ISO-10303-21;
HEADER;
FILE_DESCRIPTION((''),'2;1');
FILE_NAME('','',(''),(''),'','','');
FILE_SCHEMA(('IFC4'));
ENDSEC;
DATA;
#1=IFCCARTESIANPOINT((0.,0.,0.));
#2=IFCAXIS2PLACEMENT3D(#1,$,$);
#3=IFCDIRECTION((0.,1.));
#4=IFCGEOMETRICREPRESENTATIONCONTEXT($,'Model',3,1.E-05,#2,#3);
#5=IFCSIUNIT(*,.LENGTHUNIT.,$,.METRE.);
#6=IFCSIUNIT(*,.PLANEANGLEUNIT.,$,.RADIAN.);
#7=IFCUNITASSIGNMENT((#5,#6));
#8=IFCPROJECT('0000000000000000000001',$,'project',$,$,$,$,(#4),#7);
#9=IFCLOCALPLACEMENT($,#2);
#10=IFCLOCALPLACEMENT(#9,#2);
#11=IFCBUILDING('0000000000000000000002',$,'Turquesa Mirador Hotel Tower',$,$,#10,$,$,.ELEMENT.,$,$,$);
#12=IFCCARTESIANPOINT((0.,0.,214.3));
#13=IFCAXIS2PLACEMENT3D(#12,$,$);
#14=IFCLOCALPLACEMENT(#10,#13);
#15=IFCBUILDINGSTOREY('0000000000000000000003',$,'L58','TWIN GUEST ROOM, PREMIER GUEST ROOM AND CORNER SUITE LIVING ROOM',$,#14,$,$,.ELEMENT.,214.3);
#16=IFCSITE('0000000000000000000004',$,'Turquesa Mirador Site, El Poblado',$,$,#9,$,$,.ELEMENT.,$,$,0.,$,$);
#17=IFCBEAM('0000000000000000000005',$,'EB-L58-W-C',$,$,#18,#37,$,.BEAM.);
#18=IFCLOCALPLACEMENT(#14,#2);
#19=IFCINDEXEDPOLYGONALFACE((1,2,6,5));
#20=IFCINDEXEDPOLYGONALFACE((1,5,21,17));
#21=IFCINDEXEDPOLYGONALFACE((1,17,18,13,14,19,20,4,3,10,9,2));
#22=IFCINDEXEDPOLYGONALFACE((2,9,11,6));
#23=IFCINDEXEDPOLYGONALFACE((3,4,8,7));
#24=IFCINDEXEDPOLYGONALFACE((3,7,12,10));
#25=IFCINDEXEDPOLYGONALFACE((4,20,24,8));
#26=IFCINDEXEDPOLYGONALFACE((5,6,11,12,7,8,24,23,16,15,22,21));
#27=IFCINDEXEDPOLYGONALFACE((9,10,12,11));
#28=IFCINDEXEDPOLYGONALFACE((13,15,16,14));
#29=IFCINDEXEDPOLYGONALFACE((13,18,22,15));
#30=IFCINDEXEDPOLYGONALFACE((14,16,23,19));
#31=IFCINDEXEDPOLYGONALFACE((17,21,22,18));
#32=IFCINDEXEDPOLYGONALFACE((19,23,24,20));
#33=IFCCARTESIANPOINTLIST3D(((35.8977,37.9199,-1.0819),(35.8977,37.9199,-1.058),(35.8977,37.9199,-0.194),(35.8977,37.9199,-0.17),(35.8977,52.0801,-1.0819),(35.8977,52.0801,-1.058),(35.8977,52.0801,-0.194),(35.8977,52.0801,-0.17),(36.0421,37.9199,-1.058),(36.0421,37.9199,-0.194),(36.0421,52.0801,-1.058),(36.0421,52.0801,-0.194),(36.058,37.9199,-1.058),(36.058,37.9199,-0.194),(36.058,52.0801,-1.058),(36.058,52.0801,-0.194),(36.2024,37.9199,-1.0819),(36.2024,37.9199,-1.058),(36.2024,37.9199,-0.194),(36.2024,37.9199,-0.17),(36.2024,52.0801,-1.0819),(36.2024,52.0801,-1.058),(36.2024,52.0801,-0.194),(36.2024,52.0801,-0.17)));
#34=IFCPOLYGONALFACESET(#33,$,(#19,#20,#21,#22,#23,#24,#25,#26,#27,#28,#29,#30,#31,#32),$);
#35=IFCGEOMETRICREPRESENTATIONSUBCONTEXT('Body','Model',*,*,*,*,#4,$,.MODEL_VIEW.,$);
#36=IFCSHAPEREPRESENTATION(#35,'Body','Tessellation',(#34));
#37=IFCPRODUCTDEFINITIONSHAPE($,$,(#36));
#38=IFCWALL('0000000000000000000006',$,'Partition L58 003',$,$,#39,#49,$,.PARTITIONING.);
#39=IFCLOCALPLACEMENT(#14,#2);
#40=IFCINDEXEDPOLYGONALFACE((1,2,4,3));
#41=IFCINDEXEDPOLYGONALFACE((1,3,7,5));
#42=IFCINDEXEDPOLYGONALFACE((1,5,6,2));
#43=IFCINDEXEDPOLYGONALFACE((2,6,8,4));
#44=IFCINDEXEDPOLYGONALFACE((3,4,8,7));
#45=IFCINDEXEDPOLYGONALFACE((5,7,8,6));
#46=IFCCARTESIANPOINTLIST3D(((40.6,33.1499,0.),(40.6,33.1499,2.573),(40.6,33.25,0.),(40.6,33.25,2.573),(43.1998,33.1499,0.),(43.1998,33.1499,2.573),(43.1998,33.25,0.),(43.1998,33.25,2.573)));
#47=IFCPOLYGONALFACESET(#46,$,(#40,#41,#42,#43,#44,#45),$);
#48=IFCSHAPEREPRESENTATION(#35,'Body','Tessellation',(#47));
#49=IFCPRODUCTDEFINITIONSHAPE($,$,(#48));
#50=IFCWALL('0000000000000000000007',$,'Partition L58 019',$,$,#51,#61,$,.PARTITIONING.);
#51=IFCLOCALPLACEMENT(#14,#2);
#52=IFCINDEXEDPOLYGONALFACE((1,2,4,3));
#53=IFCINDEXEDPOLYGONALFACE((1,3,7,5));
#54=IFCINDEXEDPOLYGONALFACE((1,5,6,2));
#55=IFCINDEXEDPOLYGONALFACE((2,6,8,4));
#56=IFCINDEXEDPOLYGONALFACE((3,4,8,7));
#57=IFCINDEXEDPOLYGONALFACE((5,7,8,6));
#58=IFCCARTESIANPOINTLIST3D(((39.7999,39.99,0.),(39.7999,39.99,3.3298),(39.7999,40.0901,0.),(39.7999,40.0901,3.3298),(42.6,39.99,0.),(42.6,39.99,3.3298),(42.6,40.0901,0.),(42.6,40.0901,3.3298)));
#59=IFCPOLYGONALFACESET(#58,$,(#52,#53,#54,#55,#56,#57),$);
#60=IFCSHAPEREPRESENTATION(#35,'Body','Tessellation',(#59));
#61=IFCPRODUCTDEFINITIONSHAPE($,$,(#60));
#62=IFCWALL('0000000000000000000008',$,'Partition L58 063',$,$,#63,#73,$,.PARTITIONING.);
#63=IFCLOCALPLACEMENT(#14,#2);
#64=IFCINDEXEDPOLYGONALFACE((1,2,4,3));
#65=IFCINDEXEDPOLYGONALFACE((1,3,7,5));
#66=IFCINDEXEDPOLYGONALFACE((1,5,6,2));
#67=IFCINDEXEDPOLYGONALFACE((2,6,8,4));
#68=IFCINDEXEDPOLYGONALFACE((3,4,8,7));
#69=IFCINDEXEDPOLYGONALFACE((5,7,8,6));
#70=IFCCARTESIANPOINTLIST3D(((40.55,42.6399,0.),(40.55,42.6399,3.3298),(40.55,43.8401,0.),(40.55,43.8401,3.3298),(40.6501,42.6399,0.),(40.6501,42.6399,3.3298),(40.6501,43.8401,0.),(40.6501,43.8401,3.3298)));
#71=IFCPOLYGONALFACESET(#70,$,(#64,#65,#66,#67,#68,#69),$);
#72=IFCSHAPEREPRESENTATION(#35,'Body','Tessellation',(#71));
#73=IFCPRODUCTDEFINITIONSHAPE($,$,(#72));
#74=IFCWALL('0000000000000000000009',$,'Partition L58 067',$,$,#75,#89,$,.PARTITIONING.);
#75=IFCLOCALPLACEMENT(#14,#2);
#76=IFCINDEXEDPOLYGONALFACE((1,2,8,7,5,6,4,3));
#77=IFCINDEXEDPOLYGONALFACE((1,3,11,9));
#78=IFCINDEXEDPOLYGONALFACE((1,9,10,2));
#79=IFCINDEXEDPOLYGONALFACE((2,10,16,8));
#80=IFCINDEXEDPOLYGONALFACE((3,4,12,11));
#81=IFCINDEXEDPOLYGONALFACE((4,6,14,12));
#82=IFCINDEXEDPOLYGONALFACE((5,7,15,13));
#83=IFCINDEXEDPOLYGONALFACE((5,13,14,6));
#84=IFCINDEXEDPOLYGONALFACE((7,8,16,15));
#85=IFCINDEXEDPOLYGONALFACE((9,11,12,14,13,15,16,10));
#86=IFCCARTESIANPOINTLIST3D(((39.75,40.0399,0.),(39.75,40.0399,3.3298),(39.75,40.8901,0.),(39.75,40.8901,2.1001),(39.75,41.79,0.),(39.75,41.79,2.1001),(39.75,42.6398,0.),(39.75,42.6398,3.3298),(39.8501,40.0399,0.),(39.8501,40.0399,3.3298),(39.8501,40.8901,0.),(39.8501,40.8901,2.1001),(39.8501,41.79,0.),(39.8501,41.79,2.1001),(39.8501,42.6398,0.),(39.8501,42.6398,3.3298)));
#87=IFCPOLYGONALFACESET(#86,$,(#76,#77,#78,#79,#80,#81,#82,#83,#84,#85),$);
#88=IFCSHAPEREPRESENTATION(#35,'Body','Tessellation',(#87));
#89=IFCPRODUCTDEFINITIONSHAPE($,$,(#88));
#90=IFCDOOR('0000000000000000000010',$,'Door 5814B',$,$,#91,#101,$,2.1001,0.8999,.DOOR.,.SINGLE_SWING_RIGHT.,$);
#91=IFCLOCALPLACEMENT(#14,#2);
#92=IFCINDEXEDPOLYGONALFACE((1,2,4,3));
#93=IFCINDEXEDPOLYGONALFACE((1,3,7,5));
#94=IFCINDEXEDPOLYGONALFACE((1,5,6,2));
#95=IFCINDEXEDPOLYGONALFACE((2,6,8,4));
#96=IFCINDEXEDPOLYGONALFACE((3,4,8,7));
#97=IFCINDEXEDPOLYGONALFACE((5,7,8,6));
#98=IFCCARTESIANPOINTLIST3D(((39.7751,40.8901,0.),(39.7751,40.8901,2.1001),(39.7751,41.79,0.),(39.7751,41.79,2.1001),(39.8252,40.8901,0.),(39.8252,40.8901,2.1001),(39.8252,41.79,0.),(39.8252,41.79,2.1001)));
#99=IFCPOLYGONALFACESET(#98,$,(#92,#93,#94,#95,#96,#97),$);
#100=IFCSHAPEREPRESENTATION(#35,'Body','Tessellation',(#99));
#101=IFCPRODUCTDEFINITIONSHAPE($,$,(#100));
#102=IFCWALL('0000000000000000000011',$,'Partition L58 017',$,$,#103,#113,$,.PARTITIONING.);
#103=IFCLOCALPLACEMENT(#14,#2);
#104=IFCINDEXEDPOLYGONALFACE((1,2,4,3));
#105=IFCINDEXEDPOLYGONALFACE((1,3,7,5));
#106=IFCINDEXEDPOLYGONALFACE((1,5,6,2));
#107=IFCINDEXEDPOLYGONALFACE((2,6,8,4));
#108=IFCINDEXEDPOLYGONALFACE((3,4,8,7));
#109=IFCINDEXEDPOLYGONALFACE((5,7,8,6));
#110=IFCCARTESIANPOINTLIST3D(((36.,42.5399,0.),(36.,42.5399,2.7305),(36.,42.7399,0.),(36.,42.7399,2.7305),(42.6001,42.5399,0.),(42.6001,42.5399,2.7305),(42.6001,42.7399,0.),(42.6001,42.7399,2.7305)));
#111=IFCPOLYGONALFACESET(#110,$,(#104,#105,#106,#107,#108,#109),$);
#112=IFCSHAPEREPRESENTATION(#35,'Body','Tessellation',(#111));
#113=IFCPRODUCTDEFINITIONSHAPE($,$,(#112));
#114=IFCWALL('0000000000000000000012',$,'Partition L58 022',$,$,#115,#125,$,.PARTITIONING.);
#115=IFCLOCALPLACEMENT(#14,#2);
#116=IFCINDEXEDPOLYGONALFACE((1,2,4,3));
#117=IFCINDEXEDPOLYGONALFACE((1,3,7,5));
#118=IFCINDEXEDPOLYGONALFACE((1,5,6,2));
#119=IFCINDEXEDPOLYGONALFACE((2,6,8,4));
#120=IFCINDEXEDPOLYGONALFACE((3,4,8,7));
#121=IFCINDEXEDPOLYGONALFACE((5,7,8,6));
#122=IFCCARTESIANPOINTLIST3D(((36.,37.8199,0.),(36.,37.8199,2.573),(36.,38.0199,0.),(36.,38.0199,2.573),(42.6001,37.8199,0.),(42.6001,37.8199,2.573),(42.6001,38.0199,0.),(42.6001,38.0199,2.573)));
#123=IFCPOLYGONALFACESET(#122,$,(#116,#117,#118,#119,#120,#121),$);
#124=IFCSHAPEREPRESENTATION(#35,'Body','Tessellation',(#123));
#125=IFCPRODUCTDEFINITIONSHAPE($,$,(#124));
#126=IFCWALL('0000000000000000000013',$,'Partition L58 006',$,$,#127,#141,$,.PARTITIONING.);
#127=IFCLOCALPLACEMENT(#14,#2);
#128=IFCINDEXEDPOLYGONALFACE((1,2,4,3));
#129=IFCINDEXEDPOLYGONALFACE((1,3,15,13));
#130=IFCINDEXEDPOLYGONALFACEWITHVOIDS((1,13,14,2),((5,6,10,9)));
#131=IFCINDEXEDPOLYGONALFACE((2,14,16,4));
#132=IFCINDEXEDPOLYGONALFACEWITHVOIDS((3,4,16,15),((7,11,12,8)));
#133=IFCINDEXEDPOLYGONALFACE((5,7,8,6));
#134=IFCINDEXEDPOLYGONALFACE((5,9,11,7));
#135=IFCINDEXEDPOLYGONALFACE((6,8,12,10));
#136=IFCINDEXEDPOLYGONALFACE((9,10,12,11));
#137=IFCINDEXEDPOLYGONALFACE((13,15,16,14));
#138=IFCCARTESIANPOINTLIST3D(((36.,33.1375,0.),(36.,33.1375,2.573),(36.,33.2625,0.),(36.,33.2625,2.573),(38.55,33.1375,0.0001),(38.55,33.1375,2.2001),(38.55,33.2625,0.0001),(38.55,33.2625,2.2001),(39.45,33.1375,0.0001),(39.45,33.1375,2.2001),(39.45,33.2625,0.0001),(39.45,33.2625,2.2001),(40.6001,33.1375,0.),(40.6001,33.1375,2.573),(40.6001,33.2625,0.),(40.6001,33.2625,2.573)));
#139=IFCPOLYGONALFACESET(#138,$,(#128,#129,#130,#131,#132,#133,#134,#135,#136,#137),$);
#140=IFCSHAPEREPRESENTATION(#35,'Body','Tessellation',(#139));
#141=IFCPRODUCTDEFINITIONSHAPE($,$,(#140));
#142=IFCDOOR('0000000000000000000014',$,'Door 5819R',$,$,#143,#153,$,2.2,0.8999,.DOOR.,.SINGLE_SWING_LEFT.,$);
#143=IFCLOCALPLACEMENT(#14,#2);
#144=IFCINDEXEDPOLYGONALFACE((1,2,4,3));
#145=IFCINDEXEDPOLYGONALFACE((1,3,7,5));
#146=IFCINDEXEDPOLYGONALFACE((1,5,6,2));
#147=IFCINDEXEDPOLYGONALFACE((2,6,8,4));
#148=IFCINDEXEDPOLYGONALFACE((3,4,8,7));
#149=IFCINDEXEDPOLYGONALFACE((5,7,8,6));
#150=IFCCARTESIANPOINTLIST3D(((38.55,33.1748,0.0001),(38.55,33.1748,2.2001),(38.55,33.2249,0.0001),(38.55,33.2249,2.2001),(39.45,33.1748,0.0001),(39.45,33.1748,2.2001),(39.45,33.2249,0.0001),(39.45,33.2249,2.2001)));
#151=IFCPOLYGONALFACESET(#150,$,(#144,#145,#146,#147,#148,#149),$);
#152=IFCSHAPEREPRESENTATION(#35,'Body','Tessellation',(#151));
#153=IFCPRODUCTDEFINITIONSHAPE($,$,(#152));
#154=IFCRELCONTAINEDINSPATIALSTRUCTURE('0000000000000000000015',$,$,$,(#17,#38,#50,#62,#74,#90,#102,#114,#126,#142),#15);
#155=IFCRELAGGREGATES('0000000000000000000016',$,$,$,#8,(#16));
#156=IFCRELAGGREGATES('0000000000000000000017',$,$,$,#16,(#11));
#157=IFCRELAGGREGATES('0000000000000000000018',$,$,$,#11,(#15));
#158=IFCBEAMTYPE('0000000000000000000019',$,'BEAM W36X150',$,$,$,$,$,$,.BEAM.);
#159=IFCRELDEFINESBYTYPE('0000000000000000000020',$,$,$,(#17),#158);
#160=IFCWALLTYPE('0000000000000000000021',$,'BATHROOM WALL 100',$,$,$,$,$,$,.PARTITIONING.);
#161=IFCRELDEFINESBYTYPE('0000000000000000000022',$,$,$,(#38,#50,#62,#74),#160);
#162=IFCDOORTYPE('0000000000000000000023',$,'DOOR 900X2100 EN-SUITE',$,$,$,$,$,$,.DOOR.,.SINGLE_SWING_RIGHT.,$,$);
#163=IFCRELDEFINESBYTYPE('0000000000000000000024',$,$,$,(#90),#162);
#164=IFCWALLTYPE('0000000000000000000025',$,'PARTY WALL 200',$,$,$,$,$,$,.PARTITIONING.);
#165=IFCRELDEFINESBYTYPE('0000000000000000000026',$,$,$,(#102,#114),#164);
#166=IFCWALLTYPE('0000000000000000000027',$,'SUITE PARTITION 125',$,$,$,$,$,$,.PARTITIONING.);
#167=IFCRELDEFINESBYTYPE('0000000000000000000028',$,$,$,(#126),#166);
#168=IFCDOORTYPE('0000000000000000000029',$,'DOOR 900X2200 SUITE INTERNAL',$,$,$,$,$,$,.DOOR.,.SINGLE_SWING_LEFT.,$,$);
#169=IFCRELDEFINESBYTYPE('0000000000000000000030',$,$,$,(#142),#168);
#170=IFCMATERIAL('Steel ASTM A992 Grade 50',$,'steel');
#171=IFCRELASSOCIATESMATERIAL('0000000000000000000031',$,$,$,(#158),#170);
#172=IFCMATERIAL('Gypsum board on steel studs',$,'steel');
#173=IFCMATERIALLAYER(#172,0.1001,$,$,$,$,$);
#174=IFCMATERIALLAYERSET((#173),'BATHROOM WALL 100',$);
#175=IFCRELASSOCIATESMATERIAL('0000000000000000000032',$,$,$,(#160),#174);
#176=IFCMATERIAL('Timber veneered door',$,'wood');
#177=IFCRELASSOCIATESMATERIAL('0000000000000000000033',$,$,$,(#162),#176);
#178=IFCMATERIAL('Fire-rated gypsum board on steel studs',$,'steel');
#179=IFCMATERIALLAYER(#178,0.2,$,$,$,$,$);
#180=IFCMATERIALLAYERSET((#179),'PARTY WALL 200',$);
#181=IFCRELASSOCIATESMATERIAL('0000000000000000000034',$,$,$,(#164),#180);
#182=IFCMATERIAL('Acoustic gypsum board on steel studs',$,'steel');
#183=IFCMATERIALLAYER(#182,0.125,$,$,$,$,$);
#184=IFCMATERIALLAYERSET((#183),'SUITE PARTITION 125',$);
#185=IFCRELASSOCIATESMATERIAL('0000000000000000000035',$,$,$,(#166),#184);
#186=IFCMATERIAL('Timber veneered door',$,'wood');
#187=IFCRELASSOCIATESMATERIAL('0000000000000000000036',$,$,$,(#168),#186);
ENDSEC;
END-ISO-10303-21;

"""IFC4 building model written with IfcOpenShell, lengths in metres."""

from ifc_helpers import new_model, si_unit, direction, frame, frame_2d, origin, origin_2d, place, context, subcontext, project, spatial, rectangle, i_section, extrude, material, layer, layer_set, material_profile, profile_set, type_object, element, fill, save


model = new_model("IFC4")

# Units and contexts
model_context = context("Model", 3, precision=1e-05, world=origin(), true_north=direction((0.0, 1.0)))
body_context = subcontext(model_context, "Body", "Model", "MODEL_VIEW")
ifc_project = project(units=[si_unit("LENGTHUNIT", "METRE"), si_unit("PLANEANGLEUNIT", "RADIAN")], contexts=[model_context])

# Site, building, storey
site_placement = place(None, origin())
site = spatial("IfcSite", under=ifc_project, at=site_placement, Name="Turquesa Mirador Site, El Poblado", CompositionType="ELEMENT", RefElevation=0.0)
building_placement = place(site_placement, origin())
building = spatial("IfcBuilding", under=site, at=building_placement, Name="Turquesa Mirador Hotel Tower", CompositionType="ELEMENT")
storey_placement = place(building_placement, frame((0.0, 0.0, 214.3)))
storey = spatial("IfcBuildingStorey", under=building, at=storey_placement, Name="L58", Description="TWIN GUEST ROOM, PREMIER GUEST ROOM AND CORNER SUITE LIVING ROOM", CompositionType="ELEMENT", Elevation=214.3)

# Beam
ifc_material_1 = material(Name="Steel ASTM A992 Grade 50", Category="steel")
ifc_material_profile_1 = material_profile(ifc_material_1, i_section(OverallWidth=0.3047, OverallDepth=0.9119, WebThickness=0.0159, FlangeThickness=0.0239, at=origin_2d()), Name="W36X150")
ifc_profile_set_1 = profile_set([ifc_material_profile_1], Name="Steel ASTM A992 Grade 50")
beam_type_1 = type_object("IfcBeamType", Name="BEAM W36X150", PredefinedType="BEAM", material=ifc_profile_set_1)
beam_1_placement = place(storey_placement, frame((36.05, 37.9199, -0.626), z_axis=(0.0, 1.0, 0.0), x_axis=(-1.0, 0.0, 0.0)))
element("IfcBeam", 1, at=beam_1_placement, inside=storey, type_object=beam_type_1, Name="EB-L58-W-C", PredefinedType="BEAM", context=body_context, shape_type="SweptSolid", body=[
    extrude(i_section(OverallWidth=0.3047, OverallDepth=0.9119, WebThickness=0.0159, FlangeThickness=0.0239, at=origin_2d()), origin(), (0.0, 0.0, 1.0), 14.1602),
])

# Walls
ifc_material_2 = material(Name="Gypsum board on steel studs", Category="steel")
ifc_layer_1 = layer(ifc_material_2, 0.1001)
ifc_layer_set_1 = layer_set([ifc_layer_1], Name="BATHROOM WALL 100")
wall_type_1 = type_object("IfcWallType", Name="BATHROOM WALL 100", PredefinedType="PARTITIONING", material=ifc_layer_set_1)
wall_1_placement = place(storey_placement, frame((40.6001, 33.2, 0.0), z_axis=(0.0, 0.0, 1.0), x_axis=(1.0, 0.0, 0.0)))
element("IfcWall", 2, at=wall_1_placement, inside=storey, type_object=wall_type_1, Name="Partition L58 003", PredefinedType="PARTITIONING", context=body_context, shape_type="SweptSolid", body=[
    extrude(rectangle(XDim=2.5999, YDim=0.1001, at=frame_2d((1.2998, 0.0))), origin(), (0.0, 0.0, 1.0), 2.573),
])
wall_2_placement = place(storey_placement, frame((39.8, 40.04, 0.0), z_axis=(0.0, 0.0, 1.0), x_axis=(1.0, 0.0, 0.0)))
element("IfcWall", 3, at=wall_2_placement, inside=storey, type_object=wall_type_1, Name="Partition L58 019", PredefinedType="PARTITIONING", context=body_context, shape_type="SweptSolid", body=[
    extrude(rectangle(XDim=2.8, YDim=0.1001, at=frame_2d((1.3999, 0.0))), origin(), (0.0, 0.0, 1.0), 3.3298),
])
wall_3_placement = place(storey_placement, frame((40.6001, 42.6399, 0.0), z_axis=(0.0, 0.0, 1.0), x_axis=(0.0, 1.0, 0.0)))
element("IfcWall", 4, at=wall_3_placement, inside=storey, type_object=wall_type_1, Name="Partition L58 063", PredefinedType="PARTITIONING", context=body_context, shape_type="SweptSolid", body=[
    extrude(rectangle(XDim=1.2002, YDim=0.1001, at=frame_2d((0.6001, 0.0))), origin(), (0.0, 0.0, 1.0), 3.3298),
])

# Wall, opening, door
wall_4_placement = place(storey_placement, frame((39.8, 40.04, 0.0), z_axis=(0.0, 0.0, 1.0), x_axis=(0.0, 1.0, 0.0)))
wall_4 = element("IfcWall", 5, at=wall_4_placement, inside=storey, type_object=wall_type_1, Name="Partition L58 067", PredefinedType="PARTITIONING", context=body_context, shape_type="SweptSolid", body=[
    extrude(rectangle(XDim=2.5999, YDim=0.1001, at=frame_2d((1.2998, 0.0))), origin(), (0.0, 0.0, 1.0), 3.3298),
])
opening_1_placement = place(wall_4_placement, frame((0.8501, 0.0, 0.0)))
opening_1 = element("IfcOpeningElement", 6, at=opening_1_placement, cuts=wall_4, PredefinedType="OPENING", context=body_context, shape_type="SweptSolid", body=[
    extrude(rectangle(XDim=0.8999, YDim=2.1001, at=frame_2d((0.45, 1.05))), frame((0.0, 0.0601, 0.0), z_axis=(0.0, -1.0, 0.0), x_axis=(1.0, 0.0, 0.0)), (0.0, 0.0, 1.0), 0.1201),
])
ifc_material_3 = material(Name="Timber veneered door", Category="wood")
door_type_1 = type_object("IfcDoorType", Name="DOOR 900X2100 EN-SUITE", OperationType="SINGLE_SWING_RIGHT", PredefinedType="DOOR", material=ifc_material_3)
door_1_placement = place(opening_1_placement, origin())
door_1 = element("IfcDoor", 7, at=door_1_placement, inside=storey, type_object=door_type_1, Name="Door 5814B", OperationType="SINGLE_SWING_RIGHT", OverallHeight=2.1001, OverallWidth=0.8999, PredefinedType="DOOR", context=body_context, shape_type="SweptSolid", body=[
    extrude(rectangle(XDim=0.8999, YDim=2.1001, at=frame_2d((0.45, 1.05))), frame((0.0, 0.0249, 0.0), z_axis=(0.0, -1.0, 0.0), x_axis=(1.0, 0.0, 0.0)), (0.0, 0.0, 1.0), 0.05),
])
fill(opening_1, door_1)

# Walls
ifc_material_4 = material(Name="Fire-rated gypsum board on steel studs", Category="steel")
ifc_layer_2 = layer(ifc_material_4, 0.2)
ifc_layer_set_2 = layer_set([ifc_layer_2], Name="PARTY WALL 200")
wall_type_2 = type_object("IfcWallType", Name="PARTY WALL 200", PredefinedType="PARTITIONING", material=ifc_layer_set_2)
wall_5_placement = place(storey_placement, frame((36.0, 42.6399, 0.0), z_axis=(0.0, 0.0, 1.0), x_axis=(1.0, 0.0, 0.0)))
element("IfcWall", 8, at=wall_5_placement, inside=storey, type_object=wall_type_2, Name="Partition L58 017", PredefinedType="PARTITIONING", context=body_context, shape_type="SweptSolid", body=[
    extrude(rectangle(XDim=6.6001, YDim=0.2, at=frame_2d((3.3, 0.0))), origin(), (0.0, 0.0, 1.0), 2.7305),
])
wall_6_placement = place(storey_placement, frame((36.0, 37.9199, 0.0), z_axis=(0.0, 0.0, 1.0), x_axis=(1.0, 0.0, 0.0)))
element("IfcWall", 9, at=wall_6_placement, inside=storey, type_object=wall_type_2, Name="Partition L58 022", PredefinedType="PARTITIONING", context=body_context, shape_type="SweptSolid", body=[
    extrude(rectangle(XDim=6.6001, YDim=0.2, at=frame_2d((3.3, 0.0))), origin(), (0.0, 0.0, 1.0), 2.573),
])

# Wall, opening, door
ifc_material_5 = material(Name="Acoustic gypsum board on steel studs", Category="steel")
ifc_layer_3 = layer(ifc_material_5, 0.125)
ifc_layer_set_3 = layer_set([ifc_layer_3], Name="SUITE PARTITION 125")
wall_type_3 = type_object("IfcWallType", Name="SUITE PARTITION 125", PredefinedType="PARTITIONING", material=ifc_layer_set_3)
wall_7_placement = place(storey_placement, frame((36.0, 33.2, 0.0), z_axis=(0.0, 0.0, 1.0), x_axis=(1.0, 0.0, 0.0)))
wall_7 = element("IfcWall", 10, at=wall_7_placement, inside=storey, type_object=wall_type_3, Name="Partition L58 006", PredefinedType="PARTITIONING", context=body_context, shape_type="SweptSolid", body=[
    extrude(rectangle(XDim=4.6001, YDim=0.125, at=frame_2d((2.3, 0.0))), origin(), (0.0, 0.0, 1.0), 2.573),
])
opening_2_placement = place(wall_7_placement, frame((2.55, 0.0, 0.0)))
opening_2 = element("IfcOpeningElement", 11, at=opening_2_placement, cuts=wall_7, PredefinedType="OPENING", context=body_context, shape_type="SweptSolid", body=[
    extrude(rectangle(XDim=0.8999, YDim=2.2, at=frame_2d((0.45, 1.1001))), frame((0.0, 0.0725, 0.0), z_axis=(0.0, -1.0, 0.0), x_axis=(1.0, 0.0, 0.0)), (0.0, 0.0, 1.0), 0.145),
])
ifc_material_6 = material(Name="Timber veneered door", Category="wood")
door_type_2 = type_object("IfcDoorType", Name="DOOR 900X2200 SUITE INTERNAL", OperationType="SINGLE_SWING_LEFT", PredefinedType="DOOR", material=ifc_material_6)
door_2_placement = place(opening_2_placement, origin())
door_2 = element("IfcDoor", 12, at=door_2_placement, inside=storey, type_object=door_type_2, Name="Door 5819R", OperationType="SINGLE_SWING_LEFT", OverallHeight=2.2, OverallWidth=0.8999, PredefinedType="DOOR", context=body_context, shape_type="SweptSolid", body=[
    extrude(rectangle(XDim=0.8999, YDim=2.2, at=frame_2d((0.45, 1.1001))), frame((0.0, 0.0249, 0.0), z_axis=(0.0, -1.0, 0.0), x_axis=(1.0, 0.0, 0.0)), (0.0, 0.0, 1.0), 0.05),
])
fill(opening_2, door_2)

save(model, "model.ifc")
